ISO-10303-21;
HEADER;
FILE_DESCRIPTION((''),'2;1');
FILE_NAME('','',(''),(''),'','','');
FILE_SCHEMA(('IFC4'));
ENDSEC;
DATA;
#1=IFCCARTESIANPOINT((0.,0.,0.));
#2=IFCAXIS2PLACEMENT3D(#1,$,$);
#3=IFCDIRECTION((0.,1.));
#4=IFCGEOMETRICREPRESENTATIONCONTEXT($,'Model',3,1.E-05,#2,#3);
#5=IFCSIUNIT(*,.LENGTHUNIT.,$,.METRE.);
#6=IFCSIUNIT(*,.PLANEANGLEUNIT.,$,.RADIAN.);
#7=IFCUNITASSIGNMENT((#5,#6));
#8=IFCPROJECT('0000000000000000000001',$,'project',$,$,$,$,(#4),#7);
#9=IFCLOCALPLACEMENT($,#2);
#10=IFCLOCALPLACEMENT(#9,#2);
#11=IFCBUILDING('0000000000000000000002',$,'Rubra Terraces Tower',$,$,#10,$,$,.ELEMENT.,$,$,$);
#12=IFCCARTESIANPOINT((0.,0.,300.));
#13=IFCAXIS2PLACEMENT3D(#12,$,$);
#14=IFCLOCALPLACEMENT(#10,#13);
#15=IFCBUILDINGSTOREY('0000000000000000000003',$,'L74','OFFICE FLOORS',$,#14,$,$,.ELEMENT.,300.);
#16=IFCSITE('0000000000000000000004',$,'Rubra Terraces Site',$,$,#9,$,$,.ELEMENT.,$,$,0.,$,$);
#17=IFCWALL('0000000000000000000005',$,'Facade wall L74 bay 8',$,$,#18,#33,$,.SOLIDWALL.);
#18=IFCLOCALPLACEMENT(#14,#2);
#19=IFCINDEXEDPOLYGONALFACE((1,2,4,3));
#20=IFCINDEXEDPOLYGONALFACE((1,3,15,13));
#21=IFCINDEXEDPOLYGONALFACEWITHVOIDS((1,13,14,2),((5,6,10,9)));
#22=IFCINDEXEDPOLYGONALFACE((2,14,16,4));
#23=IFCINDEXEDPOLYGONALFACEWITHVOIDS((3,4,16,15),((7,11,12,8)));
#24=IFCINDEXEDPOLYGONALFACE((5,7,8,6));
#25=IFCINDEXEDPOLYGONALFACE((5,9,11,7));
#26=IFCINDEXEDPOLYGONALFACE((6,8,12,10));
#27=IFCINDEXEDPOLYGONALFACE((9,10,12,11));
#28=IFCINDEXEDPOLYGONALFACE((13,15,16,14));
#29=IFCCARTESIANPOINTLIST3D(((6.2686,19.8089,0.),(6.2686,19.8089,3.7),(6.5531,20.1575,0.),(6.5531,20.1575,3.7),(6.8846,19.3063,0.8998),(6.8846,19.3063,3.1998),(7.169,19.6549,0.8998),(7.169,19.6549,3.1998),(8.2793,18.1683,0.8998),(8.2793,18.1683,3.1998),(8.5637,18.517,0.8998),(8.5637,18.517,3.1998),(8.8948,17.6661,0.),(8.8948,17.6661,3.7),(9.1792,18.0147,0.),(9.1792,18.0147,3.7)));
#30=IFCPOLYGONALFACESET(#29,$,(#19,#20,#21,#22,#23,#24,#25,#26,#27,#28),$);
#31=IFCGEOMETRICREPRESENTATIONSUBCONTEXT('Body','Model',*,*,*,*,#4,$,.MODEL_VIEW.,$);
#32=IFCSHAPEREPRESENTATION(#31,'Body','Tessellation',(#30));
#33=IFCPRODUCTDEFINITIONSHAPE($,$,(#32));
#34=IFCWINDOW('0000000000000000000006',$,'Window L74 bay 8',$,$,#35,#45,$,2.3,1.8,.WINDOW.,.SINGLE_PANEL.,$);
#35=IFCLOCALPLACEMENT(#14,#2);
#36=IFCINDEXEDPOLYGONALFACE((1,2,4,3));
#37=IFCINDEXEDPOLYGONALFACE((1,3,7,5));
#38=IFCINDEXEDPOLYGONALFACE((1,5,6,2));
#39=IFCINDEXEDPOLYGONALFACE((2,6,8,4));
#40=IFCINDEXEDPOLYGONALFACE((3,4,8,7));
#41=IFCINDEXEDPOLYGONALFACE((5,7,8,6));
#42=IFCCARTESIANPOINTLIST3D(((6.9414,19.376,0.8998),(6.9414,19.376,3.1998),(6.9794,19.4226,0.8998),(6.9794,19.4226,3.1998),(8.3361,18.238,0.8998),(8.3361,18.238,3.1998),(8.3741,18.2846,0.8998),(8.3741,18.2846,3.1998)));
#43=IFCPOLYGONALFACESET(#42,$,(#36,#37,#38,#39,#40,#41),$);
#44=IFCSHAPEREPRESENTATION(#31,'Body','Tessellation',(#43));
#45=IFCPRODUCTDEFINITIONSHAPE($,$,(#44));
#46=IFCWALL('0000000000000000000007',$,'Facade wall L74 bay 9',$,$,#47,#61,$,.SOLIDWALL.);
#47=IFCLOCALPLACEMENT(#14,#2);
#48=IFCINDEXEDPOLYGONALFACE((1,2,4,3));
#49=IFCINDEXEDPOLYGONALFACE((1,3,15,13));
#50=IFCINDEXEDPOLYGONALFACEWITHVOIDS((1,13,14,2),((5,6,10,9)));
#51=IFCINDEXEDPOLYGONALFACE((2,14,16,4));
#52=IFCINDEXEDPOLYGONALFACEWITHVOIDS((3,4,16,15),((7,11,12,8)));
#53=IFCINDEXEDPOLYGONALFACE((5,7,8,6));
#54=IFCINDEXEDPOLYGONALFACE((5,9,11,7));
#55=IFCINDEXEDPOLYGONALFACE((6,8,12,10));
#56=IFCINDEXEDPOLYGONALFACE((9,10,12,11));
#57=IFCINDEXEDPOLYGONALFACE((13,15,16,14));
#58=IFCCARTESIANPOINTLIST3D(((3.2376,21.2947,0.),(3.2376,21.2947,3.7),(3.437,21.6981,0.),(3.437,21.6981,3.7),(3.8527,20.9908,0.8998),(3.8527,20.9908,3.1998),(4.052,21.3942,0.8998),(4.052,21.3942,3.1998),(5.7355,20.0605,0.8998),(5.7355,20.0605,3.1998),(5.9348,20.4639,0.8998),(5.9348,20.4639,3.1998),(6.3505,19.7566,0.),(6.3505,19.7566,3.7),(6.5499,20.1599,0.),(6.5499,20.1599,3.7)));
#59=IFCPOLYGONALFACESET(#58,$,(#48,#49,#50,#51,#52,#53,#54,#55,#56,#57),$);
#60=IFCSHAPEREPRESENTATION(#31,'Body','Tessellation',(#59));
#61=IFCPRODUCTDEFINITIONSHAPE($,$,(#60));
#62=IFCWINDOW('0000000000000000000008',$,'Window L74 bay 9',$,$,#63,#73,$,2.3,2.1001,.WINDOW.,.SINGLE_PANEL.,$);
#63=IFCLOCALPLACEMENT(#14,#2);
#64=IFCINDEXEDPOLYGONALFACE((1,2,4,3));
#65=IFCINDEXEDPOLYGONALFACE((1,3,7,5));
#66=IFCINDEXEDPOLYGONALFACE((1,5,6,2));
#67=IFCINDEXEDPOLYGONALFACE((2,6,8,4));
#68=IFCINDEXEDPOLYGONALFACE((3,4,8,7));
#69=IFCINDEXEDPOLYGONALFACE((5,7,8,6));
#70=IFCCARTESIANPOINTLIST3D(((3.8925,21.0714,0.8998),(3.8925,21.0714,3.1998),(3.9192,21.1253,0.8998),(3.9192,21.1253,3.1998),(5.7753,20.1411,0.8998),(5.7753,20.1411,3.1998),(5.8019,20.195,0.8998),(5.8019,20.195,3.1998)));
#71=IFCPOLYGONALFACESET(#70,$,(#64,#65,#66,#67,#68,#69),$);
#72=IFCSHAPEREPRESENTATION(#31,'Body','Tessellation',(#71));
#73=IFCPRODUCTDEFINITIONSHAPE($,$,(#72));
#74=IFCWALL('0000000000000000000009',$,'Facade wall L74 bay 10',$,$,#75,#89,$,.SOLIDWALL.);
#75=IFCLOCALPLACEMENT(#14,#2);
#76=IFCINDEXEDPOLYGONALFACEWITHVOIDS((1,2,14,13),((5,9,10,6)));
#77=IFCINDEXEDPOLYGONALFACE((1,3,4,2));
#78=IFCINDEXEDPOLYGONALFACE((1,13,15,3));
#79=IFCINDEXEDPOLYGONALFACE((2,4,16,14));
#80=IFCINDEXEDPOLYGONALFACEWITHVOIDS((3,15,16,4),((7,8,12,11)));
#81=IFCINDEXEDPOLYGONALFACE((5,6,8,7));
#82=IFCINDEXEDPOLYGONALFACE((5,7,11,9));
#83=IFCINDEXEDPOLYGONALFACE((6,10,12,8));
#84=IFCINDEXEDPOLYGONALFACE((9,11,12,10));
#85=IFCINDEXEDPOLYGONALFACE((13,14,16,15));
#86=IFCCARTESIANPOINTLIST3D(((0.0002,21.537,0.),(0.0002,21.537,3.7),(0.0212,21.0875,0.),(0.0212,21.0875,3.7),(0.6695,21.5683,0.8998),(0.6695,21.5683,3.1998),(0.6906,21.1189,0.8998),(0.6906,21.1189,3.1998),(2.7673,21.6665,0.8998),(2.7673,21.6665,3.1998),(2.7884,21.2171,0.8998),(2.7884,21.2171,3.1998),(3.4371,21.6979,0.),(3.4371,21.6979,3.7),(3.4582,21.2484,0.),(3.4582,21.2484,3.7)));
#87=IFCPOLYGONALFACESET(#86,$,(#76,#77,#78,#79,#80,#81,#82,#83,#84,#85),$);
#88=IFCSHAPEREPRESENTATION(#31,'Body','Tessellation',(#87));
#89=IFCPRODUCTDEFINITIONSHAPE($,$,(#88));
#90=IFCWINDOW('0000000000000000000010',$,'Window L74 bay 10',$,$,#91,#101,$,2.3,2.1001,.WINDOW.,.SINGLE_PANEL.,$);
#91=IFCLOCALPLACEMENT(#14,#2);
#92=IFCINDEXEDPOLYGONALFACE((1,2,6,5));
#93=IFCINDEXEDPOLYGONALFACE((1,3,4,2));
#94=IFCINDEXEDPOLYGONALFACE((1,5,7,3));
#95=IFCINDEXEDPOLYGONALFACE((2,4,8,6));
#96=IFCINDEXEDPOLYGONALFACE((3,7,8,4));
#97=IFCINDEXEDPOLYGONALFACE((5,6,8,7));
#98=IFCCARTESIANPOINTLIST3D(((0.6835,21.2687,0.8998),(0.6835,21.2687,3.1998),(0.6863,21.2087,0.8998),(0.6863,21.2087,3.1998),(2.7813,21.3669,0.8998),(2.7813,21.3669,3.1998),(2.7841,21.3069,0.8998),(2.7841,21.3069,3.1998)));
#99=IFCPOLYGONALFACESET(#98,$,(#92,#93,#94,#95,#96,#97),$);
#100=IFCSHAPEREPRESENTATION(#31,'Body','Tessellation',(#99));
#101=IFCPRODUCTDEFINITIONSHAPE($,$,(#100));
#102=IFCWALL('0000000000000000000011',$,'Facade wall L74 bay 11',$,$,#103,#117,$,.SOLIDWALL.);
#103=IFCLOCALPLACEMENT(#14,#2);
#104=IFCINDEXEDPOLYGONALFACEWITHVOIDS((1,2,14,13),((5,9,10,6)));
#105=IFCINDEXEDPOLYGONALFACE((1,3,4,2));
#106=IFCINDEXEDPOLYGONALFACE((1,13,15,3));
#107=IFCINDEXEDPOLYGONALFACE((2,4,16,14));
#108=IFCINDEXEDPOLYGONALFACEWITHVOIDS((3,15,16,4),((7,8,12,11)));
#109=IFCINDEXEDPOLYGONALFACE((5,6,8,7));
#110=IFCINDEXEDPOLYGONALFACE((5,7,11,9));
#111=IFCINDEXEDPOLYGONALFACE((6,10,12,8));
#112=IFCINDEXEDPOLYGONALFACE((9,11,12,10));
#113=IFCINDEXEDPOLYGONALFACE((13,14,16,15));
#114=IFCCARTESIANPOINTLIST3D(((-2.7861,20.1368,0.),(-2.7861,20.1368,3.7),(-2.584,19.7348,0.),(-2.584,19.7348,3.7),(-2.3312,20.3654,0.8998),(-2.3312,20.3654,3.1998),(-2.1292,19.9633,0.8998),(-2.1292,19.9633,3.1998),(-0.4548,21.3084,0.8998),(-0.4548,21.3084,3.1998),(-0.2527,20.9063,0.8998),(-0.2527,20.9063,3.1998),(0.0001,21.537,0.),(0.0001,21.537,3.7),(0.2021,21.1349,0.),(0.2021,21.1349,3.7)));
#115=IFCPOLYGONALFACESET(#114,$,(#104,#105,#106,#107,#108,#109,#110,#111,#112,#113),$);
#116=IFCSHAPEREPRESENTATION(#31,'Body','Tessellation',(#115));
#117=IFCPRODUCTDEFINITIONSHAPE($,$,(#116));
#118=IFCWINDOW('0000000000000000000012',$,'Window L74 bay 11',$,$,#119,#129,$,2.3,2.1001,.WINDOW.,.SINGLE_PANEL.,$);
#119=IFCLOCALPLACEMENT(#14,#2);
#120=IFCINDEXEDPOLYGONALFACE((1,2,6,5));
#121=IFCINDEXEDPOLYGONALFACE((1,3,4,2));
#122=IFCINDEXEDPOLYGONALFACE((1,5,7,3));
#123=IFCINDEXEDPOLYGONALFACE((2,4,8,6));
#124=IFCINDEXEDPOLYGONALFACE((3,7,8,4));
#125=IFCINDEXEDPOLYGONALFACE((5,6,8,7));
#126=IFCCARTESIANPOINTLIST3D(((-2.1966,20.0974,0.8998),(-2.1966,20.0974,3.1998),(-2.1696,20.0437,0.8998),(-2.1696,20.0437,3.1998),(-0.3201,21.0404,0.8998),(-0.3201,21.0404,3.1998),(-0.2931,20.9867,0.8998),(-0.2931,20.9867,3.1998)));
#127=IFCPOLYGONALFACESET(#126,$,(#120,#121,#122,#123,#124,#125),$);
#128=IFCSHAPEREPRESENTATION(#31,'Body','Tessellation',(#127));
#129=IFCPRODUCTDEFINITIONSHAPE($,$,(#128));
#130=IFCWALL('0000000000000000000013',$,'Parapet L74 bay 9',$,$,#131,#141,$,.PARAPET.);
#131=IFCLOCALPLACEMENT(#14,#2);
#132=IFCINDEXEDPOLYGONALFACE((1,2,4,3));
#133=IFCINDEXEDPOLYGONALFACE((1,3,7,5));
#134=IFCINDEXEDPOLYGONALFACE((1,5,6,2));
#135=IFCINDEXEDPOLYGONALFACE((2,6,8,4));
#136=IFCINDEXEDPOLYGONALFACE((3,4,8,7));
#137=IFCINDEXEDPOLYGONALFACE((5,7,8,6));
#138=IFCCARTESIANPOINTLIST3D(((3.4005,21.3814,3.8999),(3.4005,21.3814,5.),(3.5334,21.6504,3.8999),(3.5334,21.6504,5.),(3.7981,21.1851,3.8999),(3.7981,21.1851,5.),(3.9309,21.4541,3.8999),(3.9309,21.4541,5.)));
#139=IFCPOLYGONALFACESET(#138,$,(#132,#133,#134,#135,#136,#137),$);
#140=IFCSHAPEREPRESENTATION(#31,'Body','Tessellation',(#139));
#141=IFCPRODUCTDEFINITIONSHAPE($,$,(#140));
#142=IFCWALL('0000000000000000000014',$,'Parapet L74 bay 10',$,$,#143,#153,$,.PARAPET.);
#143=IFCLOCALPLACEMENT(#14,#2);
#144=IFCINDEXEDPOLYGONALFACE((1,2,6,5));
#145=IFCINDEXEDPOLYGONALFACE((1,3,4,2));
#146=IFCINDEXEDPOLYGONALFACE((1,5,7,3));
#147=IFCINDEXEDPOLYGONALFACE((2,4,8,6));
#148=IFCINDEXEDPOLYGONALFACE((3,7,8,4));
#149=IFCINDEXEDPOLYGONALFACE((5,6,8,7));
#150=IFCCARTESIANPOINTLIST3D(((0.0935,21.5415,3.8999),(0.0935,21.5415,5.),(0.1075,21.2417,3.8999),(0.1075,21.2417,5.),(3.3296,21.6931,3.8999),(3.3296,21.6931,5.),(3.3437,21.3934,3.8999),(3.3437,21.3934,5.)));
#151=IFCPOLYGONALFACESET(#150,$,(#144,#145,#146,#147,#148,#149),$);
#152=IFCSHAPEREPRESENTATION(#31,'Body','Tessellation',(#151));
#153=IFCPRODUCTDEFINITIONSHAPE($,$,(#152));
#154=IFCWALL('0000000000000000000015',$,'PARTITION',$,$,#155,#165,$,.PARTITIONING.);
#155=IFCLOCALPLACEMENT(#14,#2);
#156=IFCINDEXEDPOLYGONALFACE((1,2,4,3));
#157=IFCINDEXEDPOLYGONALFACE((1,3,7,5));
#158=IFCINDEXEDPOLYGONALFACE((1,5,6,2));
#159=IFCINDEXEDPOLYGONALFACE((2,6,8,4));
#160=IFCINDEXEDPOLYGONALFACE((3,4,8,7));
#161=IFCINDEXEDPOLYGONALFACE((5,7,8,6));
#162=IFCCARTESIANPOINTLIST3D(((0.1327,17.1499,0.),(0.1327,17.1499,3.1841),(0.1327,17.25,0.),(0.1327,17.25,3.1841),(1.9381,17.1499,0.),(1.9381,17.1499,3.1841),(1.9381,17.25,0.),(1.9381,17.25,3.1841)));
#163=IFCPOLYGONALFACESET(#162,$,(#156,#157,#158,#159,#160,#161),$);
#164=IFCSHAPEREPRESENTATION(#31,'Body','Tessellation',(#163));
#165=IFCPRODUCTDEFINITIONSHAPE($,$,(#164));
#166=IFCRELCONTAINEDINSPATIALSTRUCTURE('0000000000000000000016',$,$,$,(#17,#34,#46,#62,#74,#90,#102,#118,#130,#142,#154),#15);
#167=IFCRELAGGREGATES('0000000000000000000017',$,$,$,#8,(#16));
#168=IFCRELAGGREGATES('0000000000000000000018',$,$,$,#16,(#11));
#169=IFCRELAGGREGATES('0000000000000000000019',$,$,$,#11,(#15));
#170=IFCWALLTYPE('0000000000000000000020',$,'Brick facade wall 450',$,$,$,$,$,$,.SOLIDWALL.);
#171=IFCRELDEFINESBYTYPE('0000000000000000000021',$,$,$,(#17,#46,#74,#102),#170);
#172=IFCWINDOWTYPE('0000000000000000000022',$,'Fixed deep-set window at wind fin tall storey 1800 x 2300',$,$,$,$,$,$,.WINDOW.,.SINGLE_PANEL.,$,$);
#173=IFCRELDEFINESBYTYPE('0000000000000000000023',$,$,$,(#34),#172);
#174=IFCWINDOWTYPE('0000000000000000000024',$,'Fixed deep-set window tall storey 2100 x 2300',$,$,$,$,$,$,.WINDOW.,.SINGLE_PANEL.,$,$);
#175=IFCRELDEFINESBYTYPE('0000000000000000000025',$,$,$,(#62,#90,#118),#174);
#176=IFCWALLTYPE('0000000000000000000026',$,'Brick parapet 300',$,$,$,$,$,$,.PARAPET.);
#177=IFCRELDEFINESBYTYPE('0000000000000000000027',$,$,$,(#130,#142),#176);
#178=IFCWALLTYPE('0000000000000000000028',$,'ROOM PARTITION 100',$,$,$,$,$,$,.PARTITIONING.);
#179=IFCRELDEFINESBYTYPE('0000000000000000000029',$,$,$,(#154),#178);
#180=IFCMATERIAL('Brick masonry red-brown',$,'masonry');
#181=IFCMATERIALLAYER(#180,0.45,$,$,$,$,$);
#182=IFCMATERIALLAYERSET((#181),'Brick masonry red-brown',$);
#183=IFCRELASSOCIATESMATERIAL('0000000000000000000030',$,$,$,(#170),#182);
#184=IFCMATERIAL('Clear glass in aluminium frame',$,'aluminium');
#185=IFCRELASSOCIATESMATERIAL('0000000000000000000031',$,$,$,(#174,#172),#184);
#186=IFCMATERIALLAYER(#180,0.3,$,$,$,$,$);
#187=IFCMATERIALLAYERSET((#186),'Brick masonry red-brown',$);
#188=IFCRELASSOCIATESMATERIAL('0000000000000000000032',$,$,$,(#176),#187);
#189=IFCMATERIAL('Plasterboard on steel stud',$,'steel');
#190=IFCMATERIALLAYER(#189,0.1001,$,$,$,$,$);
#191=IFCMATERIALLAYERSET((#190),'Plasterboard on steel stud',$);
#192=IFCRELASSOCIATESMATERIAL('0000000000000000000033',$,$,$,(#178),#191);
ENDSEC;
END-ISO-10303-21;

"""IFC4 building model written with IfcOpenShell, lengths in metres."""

from ifc_helpers import new_model, si_unit, direction, frame, frame_2d, origin, place, context, subcontext, project, spatial, rectangle, extrude, material, layer, layer_set, type_object, element, fill, save


model = new_model("IFC4")

# Units and contexts
model_context = context("Model", 3, precision=1e-05, world=origin(), true_north=direction((0.0, 1.0)))
body_context = subcontext(model_context, "Body", "Model", "MODEL_VIEW")
ifc_project = project(units=[si_unit("LENGTHUNIT", "METRE"), si_unit("PLANEANGLEUNIT", "RADIAN")], contexts=[model_context])

# Site, building, storey
site_placement = place(None, origin())
site = spatial("IfcSite", under=ifc_project, at=site_placement, Name="Rubra Terraces Site", CompositionType="ELEMENT", RefElevation=0.0)
building_placement = place(site_placement, origin())
building = spatial("IfcBuilding", under=site, at=building_placement, Name="Rubra Terraces Tower", CompositionType="ELEMENT")
storey_placement = place(building_placement, frame((0.0, 0.0, 300.0)))
storey = spatial("IfcBuildingStorey", under=building, at=storey_placement, Name="L74", Description="OFFICE FLOORS", CompositionType="ELEMENT", Elevation=300.0)

# Walls, openings, windows
ifc_material_1 = material(Name="Brick masonry red-brown", Category="masonry")
ifc_layer_1 = layer(ifc_material_1, 0.45)
ifc_layer_set_1 = layer_set([ifc_layer_1], Name="Brick masonry red-brown")
wall_type_1 = type_object("IfcWallType", Name="Brick facade wall 450", PredefinedType="SOLIDWALL", material=ifc_layer_set_1)
ifc_material_2 = material(Name="Clear glass in aluminium frame", Category="aluminium")
window_type_1 = type_object("IfcWindowType", Name="Fixed deep-set window tall storey 2100 x 2300", PartitioningType="SINGLE_PANEL", PredefinedType="WINDOW", material=ifc_material_2)
wall_1_placement = place(storey_placement, frame((9.0371, 17.8403, 0.0), z_axis=(0.0, 0.0, 1.0), x_axis=(-0.77481, 0.632194, 0.0)))
wall_1 = element("IfcWall", 1, at=wall_1_placement, inside=storey, type_object=wall_type_1, Name="Facade wall L74 bay 8", PredefinedType="SOLIDWALL", context=body_context, shape_type="SweptSolid", body=[
    extrude(rectangle(XDim=3.3894, YDim=0.45, at=frame_2d((1.6948, 0.0))), origin(), (0.0, 0.0, 1.0), 3.7),
])
opening_1_placement = place(wall_1_placement, frame((0.7947, 0.0, 0.8999)))
opening_1 = element("IfcOpeningElement", 2, at=opening_1_placement, cuts=wall_1, PredefinedType="OPENING", context=body_context, shape_type="SweptSolid", body=[
    extrude(rectangle(XDim=1.8, YDim=2.3, at=frame_2d((0.8999, 1.1499))), frame((0.0, 0.2349, 0.0), z_axis=(0.0, -1.0, 0.0), x_axis=(1.0, 0.0, 0.0)), (0.0, 0.0, 1.0), 0.47),
])
window_type_2 = type_object("IfcWindowType", Name="Fixed deep-set window at wind fin tall storey 1800 x 2300", PartitioningType="SINGLE_PANEL", PredefinedType="WINDOW", material=ifc_material_2)
window_1_placement = place(opening_1_placement, origin())
window_1 = element("IfcWindow", 3, at=window_1_placement, inside=storey, type_object=window_type_2, Name="Window L74 bay 8", OverallHeight=2.3, OverallWidth=1.8, PartitioningType="SINGLE_PANEL", PredefinedType="WINDOW", context=body_context, shape_type="SweptSolid", body=[
    extrude(rectangle(XDim=1.8, YDim=2.3, at=frame_2d((0.8999, 1.1499))), frame((0.0, 0.135, 0.0), z_axis=(0.0, -1.0, 0.0), x_axis=(1.0, 0.0, 0.0)), (0.0, 0.0, 1.0), 0.0601),
])
fill(opening_1, window_1)
wall_2_placement = place(storey_placement, frame((6.4502, 19.9583, 0.0), z_axis=(0.0, 0.0, 1.0), x_axis=(-0.896527, 0.44299, 0.0)))
wall_2 = element("IfcWall", 4, at=wall_2_placement, inside=storey, type_object=wall_type_1, Name="Facade wall L74 bay 9", PredefinedType="SOLIDWALL", context=body_context, shape_type="SweptSolid", body=[
    extrude(rectangle(XDim=3.4722, YDim=0.45, at=frame_2d((1.7361, 0.0))), origin(), (0.0, 0.0, 1.0), 3.7),
])
opening_2_placement = place(wall_2_placement, frame((0.686, 0.0, 0.8999)))
opening_2 = element("IfcOpeningElement", 5, at=opening_2_placement, cuts=wall_2, PredefinedType="OPENING", context=body_context, shape_type="SweptSolid", body=[
    extrude(rectangle(XDim=2.1001, YDim=2.3, at=frame_2d((1.05, 1.1499))), frame((0.0, 0.2349, 0.0), z_axis=(0.0, -1.0, 0.0), x_axis=(1.0, 0.0, 0.0)), (0.0, 0.0, 1.0), 0.47),
])
window_2_placement = place(opening_2_placement, origin())
window_2 = element("IfcWindow", 6, at=window_2_placement, inside=storey, type_object=window_type_1, Name="Window L74 bay 9", OverallHeight=2.3, OverallWidth=2.1001, PartitioningType="SINGLE_PANEL", PredefinedType="WINDOW", context=body_context, shape_type="SweptSolid", body=[
    extrude(rectangle(XDim=2.1001, YDim=2.3, at=frame_2d((1.05, 1.1499))), frame((0.0, 0.135, 0.0), z_axis=(0.0, -1.0, 0.0), x_axis=(1.0, 0.0, 0.0)), (0.0, 0.0, 1.0), 0.0601),
])
fill(opening_2, window_2)
wall_3_placement = place(storey_placement, frame((3.4475, 21.4731, 0.0), z_axis=(0.0, 0.0, 1.0), x_axis=(-0.998906, -0.046759, 0.0)))
wall_3 = element("IfcWall", 7, at=wall_3_placement, inside=storey, type_object=wall_type_1, Name="Facade wall L74 bay 10", PredefinedType="SOLIDWALL", context=body_context, shape_type="SweptSolid", body=[
    extrude(rectangle(XDim=3.4407, YDim=0.45, at=frame_2d((1.7202, 0.0))), origin(), (0.0, 0.0, 1.0), 3.7),
])
opening_3_placement = place(wall_3_placement, frame((0.6704, 0.0, 0.8999)))
opening_3 = element("IfcOpeningElement", 8, at=opening_3_placement, cuts=wall_3, PredefinedType="OPENING", context=body_context, shape_type="SweptSolid", body=[
    extrude(rectangle(XDim=2.1001, YDim=2.3, at=frame_2d((1.05, 1.1499))), frame((0.0, 0.2349, 0.0), z_axis=(0.0, -1.0, 0.0), x_axis=(1.0, 0.0, 0.0)), (0.0, 0.0, 1.0), 0.47),
])
window_3_placement = place(opening_3_placement, origin())
window_3 = element("IfcWindow", 9, at=window_3_placement, inside=storey, type_object=window_type_1, Name="Window L74 bay 10", OverallHeight=2.3, OverallWidth=2.1001, PartitioningType="SINGLE_PANEL", PredefinedType="WINDOW", context=body_context, shape_type="SweptSolid", body=[
    extrude(rectangle(XDim=2.1001, YDim=2.3, at=frame_2d((1.05, 1.1499))), frame((0.0, 0.135, 0.0), z_axis=(0.0, -1.0, 0.0), x_axis=(1.0, 0.0, 0.0)), (0.0, 0.0, 1.0), 0.0601),
])
fill(opening_3, window_3)
wall_4_placement = place(storey_placement, frame((0.1011, 21.3359, 0.0), z_axis=(0.0, 0.0, 1.0), x_axis=(-0.893517, -0.449029, 0.0)))
wall_4 = element("IfcWall", 10, at=wall_4_placement, inside=storey, type_object=wall_type_1, Name="Facade wall L74 bay 11", PredefinedType="SOLIDWALL", context=body_context, shape_type="SweptSolid", body=[
    extrude(rectangle(XDim=3.1182, YDim=0.45, at=frame_2d((1.5591, 0.0))), origin(), (0.0, 0.0, 1.0), 3.7),
])
opening_4_placement = place(wall_4_placement, frame((0.509, 0.0, 0.8999)))
opening_4 = element("IfcOpeningElement", 11, at=opening_4_placement, cuts=wall_4, PredefinedType="OPENING", context=body_context, shape_type="SweptSolid", body=[
    extrude(rectangle(XDim=2.1001, YDim=2.3, at=frame_2d((1.05, 1.1499))), frame((0.0, 0.2349, 0.0), z_axis=(0.0, -1.0, 0.0), x_axis=(1.0, 0.0, 0.0)), (0.0, 0.0, 1.0), 0.47),
])
window_4_placement = place(opening_4_placement, origin())
window_4 = element("IfcWindow", 12, at=window_4_placement, inside=storey, type_object=window_type_1, Name="Window L74 bay 11", OverallHeight=2.3, OverallWidth=2.1001, PartitioningType="SINGLE_PANEL", PredefinedType="WINDOW", context=body_context, shape_type="SweptSolid", body=[
    extrude(rectangle(XDim=2.1001, YDim=2.3, at=frame_2d((1.05, 1.1499))), frame((0.0, 0.135, 0.0), z_axis=(0.0, -1.0, 0.0), x_axis=(1.0, 0.0, 0.0)), (0.0, 0.0, 1.0), 0.0601),
])
fill(opening_4, window_4)

# Walls
ifc_layer_2 = layer(ifc_material_1, 0.3)
ifc_layer_set_2 = layer_set([ifc_layer_2], Name="Brick masonry red-brown")
wall_type_2 = type_object("IfcWallType", Name="Brick parapet 300", PredefinedType="PARAPET", material=ifc_layer_set_2)
wall_5_placement = place(storey_placement, frame((3.8645, 21.3196, 3.8999), z_axis=(0.0, 0.0, 1.0), x_axis=(-0.896619, 0.442802, 0.0)))
element("IfcWall", 13, at=wall_5_placement, inside=storey, type_object=wall_type_2, Name="Parapet L74 bay 9", PredefinedType="PARAPET", context=body_context, shape_type="SweptSolid", body=[
    extrude(rectangle(XDim=0.4434, YDim=0.3, at=frame_2d((0.2217, 0.0))), origin(), (0.0, 0.0, 1.0), 1.1001),
])
wall_6_placement = place(storey_placement, frame((3.3367, 21.5432, 3.8999), z_axis=(0.0, 0.0, 1.0), x_axis=(-0.998904, -0.046799, 0.0)))
element("IfcWall", 14, at=wall_6_placement, inside=storey, type_object=wall_type_2, Name="Parapet L74 bay 10", PredefinedType="PARAPET", context=body_context, shape_type="SweptSolid", body=[
    extrude(rectangle(XDim=3.2397, YDim=0.3, at=frame_2d((1.6199, 0.0))), origin(), (0.0, 0.0, 1.0), 1.1001),
])
ifc_material_3 = material(Name="Plasterboard on steel stud", Category="steel")
ifc_layer_3 = layer(ifc_material_3, 0.1001)
ifc_layer_set_3 = layer_set([ifc_layer_3], Name="Plasterboard on steel stud")
wall_type_3 = type_object("IfcWallType", Name="ROOM PARTITION 100", PredefinedType="PARTITIONING", material=ifc_layer_set_3)
wall_7_placement = place(storey_placement, frame((0.1326, 17.2, 0.0), z_axis=(0.0, 0.0, 1.0), x_axis=(1.0, 0.0, 0.0)))
element("IfcWall", 15, at=wall_7_placement, inside=storey, type_object=wall_type_3, Name="PARTITION", PredefinedType="PARTITIONING", context=body_context, shape_type="SweptSolid", body=[
    extrude(rectangle(XDim=1.8054, YDim=0.1001, at=frame_2d((0.9028, 0.0))), origin(), (0.0, 0.0, 1.0), 3.1841),
])

save(model, "model.ifc")
